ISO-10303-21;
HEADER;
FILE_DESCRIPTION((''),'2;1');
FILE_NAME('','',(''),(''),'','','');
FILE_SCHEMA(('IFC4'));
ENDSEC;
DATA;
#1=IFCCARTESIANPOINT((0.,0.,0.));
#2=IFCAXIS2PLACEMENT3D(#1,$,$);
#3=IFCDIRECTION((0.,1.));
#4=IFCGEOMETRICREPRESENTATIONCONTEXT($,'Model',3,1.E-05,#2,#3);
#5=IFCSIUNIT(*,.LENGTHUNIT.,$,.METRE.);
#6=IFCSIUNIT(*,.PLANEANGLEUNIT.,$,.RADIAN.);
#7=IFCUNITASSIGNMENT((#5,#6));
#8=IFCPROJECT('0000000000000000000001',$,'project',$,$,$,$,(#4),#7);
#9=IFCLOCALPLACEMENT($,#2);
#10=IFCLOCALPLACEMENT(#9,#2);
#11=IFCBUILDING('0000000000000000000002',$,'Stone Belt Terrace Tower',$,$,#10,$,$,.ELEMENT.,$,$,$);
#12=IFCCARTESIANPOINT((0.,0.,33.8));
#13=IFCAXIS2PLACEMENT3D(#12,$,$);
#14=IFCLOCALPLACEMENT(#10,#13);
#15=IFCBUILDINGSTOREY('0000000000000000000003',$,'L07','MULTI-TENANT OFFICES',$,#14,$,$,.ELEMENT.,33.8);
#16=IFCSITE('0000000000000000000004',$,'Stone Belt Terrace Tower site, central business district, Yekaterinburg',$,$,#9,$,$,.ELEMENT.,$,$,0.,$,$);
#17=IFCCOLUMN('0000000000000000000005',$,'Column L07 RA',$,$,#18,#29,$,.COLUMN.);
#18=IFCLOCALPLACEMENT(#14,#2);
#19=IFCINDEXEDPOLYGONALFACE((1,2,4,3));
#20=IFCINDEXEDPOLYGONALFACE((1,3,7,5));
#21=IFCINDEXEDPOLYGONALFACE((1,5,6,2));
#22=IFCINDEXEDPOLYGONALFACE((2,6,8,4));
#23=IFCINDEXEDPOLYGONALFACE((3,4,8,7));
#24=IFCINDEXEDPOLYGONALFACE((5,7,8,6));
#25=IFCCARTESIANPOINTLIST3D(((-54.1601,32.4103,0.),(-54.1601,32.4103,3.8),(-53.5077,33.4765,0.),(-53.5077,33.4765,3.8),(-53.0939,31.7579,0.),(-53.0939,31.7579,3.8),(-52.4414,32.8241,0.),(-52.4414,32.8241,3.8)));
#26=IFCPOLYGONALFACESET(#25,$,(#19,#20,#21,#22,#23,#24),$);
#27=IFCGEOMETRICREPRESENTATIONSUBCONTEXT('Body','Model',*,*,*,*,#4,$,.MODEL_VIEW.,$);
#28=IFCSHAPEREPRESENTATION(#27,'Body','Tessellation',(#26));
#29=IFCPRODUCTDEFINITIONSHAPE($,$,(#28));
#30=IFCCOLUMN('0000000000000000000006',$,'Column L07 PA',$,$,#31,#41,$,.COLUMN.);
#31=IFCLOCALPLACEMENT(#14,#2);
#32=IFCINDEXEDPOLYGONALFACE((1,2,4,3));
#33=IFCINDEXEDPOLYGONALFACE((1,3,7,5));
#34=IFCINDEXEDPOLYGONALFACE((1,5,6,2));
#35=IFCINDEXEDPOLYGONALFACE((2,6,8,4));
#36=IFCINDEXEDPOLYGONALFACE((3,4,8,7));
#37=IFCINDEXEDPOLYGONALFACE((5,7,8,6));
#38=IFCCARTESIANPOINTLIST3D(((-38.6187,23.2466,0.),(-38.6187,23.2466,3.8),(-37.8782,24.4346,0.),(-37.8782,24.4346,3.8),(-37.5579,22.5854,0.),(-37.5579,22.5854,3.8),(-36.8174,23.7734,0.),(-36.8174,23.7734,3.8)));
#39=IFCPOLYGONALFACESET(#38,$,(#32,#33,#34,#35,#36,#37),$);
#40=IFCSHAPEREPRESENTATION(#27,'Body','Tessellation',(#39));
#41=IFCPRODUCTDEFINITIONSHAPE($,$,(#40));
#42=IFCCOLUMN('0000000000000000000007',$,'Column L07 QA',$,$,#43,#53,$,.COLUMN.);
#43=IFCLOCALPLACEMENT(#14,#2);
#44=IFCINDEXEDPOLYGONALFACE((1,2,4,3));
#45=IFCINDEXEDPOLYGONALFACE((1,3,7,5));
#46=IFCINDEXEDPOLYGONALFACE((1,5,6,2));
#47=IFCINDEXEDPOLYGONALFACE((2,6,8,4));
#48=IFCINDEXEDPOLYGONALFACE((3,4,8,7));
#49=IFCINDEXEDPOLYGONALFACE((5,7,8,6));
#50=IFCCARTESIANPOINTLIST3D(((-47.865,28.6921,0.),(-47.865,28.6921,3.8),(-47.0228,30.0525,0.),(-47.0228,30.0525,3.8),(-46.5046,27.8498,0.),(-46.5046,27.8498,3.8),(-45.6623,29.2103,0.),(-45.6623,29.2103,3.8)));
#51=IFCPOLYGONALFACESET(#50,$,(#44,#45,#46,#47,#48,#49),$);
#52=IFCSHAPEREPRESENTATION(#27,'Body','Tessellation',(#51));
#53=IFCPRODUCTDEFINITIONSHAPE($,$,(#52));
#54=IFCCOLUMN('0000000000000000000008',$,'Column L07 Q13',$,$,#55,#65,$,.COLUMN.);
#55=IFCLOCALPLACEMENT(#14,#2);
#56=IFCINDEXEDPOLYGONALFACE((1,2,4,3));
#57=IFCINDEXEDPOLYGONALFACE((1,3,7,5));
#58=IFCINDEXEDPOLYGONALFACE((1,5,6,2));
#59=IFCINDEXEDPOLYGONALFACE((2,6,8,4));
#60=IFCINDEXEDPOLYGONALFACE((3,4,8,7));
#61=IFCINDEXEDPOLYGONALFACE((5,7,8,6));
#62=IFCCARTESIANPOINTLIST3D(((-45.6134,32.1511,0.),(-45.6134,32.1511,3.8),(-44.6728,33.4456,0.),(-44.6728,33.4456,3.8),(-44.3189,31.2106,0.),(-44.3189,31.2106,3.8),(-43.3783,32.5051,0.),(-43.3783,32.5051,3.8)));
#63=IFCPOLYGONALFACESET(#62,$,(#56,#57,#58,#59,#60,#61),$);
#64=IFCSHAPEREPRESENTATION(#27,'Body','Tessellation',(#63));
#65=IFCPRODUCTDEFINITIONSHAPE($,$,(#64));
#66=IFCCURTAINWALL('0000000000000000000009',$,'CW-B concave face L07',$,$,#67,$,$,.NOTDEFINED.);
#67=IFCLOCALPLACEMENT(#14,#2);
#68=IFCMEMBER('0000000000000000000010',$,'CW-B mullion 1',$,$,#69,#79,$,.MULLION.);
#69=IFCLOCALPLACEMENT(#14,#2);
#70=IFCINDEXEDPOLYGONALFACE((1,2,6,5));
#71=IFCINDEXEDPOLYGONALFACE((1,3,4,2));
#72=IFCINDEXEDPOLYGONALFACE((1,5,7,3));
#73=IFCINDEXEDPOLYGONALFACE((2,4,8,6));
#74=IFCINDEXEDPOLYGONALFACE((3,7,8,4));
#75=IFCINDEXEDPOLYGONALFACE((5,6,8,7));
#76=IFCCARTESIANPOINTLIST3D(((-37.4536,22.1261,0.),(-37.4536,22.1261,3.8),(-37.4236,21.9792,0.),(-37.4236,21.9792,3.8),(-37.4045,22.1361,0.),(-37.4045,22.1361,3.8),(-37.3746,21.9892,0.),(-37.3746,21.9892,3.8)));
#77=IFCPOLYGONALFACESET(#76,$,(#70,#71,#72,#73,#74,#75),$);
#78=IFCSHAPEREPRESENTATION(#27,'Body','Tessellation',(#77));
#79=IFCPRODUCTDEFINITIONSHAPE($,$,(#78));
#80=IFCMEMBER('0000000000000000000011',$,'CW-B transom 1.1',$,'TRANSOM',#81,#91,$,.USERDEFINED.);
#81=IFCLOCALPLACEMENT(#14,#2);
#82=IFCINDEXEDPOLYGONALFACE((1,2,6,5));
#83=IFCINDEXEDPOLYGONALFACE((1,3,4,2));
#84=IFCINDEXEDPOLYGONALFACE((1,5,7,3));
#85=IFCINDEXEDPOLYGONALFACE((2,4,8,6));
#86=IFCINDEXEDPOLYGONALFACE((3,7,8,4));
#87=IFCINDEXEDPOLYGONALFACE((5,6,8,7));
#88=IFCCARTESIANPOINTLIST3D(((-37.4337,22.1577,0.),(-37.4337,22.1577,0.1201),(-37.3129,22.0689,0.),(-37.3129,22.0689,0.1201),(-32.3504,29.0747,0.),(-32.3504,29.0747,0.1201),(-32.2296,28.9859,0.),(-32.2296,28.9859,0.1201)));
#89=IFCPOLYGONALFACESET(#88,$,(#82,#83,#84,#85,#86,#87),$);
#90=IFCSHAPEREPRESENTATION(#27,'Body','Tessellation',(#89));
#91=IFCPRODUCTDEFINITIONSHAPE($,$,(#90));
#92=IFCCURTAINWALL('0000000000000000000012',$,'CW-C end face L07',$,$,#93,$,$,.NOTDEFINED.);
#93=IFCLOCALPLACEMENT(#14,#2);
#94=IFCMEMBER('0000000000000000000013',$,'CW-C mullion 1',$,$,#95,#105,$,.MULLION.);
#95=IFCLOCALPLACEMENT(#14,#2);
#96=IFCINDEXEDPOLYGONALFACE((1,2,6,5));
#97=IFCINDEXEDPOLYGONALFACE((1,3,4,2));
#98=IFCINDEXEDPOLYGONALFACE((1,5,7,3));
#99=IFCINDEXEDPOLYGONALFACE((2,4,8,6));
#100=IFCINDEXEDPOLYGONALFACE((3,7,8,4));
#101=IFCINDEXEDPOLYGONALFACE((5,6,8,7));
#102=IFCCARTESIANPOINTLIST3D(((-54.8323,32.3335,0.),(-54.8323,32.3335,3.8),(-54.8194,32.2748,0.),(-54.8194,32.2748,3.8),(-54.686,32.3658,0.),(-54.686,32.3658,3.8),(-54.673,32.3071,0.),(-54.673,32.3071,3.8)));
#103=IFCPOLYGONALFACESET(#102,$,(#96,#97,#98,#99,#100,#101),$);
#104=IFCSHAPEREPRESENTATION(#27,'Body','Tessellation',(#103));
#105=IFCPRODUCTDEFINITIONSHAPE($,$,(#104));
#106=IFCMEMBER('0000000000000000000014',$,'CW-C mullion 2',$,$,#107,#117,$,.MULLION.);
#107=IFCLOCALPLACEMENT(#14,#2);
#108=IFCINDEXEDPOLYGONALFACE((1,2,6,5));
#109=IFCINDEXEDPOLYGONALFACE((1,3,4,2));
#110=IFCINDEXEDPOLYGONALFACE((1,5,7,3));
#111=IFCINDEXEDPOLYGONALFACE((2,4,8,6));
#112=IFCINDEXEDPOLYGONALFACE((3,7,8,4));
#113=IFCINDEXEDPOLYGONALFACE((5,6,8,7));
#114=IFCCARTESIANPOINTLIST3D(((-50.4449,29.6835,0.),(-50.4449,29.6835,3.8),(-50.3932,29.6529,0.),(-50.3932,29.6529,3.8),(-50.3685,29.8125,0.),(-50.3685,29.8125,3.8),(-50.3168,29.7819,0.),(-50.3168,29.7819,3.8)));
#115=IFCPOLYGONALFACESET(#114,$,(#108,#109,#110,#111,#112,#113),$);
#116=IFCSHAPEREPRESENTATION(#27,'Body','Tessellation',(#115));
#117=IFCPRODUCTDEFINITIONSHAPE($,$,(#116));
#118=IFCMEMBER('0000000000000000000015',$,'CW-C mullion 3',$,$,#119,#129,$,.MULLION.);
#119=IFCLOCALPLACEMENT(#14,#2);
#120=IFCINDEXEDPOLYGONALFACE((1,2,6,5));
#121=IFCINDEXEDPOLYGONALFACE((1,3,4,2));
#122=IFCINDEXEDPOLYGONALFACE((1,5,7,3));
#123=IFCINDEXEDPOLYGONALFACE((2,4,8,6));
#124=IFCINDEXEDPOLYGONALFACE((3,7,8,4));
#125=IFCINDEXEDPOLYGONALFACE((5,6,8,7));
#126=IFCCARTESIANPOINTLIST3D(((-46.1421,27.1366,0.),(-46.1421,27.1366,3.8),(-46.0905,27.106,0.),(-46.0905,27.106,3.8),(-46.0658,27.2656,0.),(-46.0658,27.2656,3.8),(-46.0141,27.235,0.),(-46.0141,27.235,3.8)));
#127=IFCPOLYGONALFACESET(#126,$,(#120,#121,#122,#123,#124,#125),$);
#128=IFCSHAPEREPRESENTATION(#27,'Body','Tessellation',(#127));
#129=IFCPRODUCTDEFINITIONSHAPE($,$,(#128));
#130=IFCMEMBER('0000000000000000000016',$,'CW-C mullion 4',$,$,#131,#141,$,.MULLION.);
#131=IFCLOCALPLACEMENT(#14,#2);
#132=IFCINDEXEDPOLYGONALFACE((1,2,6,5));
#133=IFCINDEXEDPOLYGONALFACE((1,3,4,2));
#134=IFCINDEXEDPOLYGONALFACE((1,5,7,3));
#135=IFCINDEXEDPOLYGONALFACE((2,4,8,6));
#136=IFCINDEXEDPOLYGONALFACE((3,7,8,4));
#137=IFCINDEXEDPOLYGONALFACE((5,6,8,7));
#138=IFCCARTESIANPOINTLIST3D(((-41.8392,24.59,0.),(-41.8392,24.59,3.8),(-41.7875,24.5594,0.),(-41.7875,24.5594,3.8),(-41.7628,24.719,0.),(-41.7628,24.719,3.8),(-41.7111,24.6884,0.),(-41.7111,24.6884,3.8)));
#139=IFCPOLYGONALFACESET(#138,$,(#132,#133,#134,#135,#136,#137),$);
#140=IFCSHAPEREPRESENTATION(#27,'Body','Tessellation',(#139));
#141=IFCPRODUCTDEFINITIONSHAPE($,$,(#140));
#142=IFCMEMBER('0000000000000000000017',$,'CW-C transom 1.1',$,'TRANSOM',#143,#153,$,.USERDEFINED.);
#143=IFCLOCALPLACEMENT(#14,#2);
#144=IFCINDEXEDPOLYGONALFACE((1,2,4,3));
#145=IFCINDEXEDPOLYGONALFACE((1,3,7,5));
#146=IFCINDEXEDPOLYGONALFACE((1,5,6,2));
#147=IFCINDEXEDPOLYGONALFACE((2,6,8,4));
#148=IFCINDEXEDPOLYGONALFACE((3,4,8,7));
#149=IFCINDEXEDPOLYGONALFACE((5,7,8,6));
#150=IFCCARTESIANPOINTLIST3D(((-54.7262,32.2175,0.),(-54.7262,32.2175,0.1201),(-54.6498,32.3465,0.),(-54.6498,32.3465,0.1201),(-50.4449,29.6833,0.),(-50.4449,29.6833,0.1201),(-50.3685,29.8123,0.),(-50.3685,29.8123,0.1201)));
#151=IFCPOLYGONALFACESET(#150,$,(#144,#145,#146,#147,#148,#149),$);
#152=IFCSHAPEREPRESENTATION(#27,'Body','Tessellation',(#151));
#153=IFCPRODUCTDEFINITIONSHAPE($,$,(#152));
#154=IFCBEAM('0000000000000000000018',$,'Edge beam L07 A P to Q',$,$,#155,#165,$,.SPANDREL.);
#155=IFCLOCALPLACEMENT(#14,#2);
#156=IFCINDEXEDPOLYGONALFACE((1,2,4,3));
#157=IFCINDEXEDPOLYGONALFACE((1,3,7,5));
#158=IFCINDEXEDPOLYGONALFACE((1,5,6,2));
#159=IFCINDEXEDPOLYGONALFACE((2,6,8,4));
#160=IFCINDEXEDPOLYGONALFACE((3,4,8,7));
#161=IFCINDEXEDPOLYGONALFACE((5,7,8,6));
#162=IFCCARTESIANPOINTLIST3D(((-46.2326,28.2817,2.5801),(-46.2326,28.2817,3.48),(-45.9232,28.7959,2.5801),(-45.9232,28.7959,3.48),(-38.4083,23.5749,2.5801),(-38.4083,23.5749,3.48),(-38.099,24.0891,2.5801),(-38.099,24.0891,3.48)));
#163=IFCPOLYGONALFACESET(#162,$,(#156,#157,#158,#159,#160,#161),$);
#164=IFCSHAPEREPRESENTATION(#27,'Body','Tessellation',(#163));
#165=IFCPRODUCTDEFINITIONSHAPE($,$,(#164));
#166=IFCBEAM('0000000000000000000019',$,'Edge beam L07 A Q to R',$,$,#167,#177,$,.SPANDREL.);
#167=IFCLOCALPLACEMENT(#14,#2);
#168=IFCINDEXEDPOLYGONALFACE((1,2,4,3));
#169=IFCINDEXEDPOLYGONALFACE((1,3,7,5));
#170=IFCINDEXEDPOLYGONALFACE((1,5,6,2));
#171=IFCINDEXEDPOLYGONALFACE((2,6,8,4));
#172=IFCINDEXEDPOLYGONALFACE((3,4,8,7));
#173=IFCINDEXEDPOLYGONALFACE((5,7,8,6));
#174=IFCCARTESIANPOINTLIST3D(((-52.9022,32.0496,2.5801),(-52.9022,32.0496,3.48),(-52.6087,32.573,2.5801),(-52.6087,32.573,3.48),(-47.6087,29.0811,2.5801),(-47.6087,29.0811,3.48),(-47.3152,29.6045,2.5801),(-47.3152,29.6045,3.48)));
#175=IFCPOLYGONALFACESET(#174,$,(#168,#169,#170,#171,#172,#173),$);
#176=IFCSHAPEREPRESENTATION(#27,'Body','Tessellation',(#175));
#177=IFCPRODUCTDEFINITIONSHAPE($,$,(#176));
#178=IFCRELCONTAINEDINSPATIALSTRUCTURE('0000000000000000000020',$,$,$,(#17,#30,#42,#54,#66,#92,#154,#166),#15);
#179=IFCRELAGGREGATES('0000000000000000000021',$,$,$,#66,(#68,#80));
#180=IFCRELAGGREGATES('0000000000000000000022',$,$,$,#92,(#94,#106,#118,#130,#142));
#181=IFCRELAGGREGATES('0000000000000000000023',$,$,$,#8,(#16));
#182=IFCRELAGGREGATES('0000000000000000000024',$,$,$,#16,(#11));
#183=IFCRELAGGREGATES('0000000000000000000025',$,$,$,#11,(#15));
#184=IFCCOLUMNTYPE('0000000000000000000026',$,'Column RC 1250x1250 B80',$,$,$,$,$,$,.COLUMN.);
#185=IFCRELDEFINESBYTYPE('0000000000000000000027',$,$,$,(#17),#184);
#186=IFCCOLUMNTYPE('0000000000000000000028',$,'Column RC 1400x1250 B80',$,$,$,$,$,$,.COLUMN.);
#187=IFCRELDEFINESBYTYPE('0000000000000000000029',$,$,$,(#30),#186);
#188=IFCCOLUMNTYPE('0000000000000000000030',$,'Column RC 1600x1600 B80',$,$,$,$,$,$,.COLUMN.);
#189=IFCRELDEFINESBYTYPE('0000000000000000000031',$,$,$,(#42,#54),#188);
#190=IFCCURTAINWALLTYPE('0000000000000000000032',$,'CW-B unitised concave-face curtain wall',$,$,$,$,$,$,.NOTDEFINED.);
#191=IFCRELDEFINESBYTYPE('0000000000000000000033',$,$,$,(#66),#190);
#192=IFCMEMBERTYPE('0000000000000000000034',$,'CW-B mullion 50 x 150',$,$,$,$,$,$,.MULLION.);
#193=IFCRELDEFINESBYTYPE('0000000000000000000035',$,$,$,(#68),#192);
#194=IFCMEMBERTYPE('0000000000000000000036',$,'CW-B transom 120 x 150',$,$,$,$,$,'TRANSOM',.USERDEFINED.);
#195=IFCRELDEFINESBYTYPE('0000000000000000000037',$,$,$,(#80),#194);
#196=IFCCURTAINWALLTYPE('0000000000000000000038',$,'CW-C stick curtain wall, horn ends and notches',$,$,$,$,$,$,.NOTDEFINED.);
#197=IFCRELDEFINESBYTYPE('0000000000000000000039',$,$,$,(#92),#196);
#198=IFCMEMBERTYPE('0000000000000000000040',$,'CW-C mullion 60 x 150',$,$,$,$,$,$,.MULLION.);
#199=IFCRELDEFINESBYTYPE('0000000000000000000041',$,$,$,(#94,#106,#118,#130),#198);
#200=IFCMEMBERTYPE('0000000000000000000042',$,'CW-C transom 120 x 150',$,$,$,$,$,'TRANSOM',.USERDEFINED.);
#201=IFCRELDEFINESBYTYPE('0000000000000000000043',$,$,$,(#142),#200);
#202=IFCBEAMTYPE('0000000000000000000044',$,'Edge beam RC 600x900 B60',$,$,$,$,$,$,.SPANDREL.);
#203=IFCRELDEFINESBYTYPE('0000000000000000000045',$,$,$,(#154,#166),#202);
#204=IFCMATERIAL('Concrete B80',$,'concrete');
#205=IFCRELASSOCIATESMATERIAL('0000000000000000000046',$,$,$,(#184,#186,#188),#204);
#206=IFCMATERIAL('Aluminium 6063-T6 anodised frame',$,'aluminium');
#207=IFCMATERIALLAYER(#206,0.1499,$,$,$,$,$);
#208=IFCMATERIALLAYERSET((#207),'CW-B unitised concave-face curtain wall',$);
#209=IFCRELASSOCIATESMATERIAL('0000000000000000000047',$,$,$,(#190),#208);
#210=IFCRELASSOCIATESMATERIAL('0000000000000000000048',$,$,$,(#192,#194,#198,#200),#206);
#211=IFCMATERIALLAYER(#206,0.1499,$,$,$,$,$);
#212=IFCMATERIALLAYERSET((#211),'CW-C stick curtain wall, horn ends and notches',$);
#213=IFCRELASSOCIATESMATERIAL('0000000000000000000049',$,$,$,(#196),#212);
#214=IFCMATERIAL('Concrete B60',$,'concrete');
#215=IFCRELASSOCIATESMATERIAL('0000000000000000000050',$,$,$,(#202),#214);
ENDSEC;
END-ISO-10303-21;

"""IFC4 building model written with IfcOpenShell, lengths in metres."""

from ifc_helpers import new_model, si_unit, direction, frame, origin, origin_2d, place, context, subcontext, project, spatial, rectangle, extrude, material, layer, layer_set, material_profile, profile_set, type_object, element, aggregate, save


model = new_model("IFC4")

# Units and contexts
model_context = context("Model", 3, precision=1e-05, world=origin(), true_north=direction((0.0, 1.0)))
body_context = subcontext(model_context, "Body", "Model", "MODEL_VIEW")
ifc_project = project(units=[si_unit("LENGTHUNIT", "METRE"), si_unit("PLANEANGLEUNIT", "RADIAN")], contexts=[model_context])

# Site, building, storey
site_placement = place(None, origin())
site = spatial("IfcSite", under=ifc_project, at=site_placement, Name="Stone Belt Terrace Tower site, central business district, Yekaterinburg", CompositionType="ELEMENT", RefElevation=0.0)
building_placement = place(site_placement, origin())
building = spatial("IfcBuilding", under=site, at=building_placement, Name="Stone Belt Terrace Tower", CompositionType="ELEMENT")
storey_placement = place(building_placement, frame((0.0, 0.0, 33.8)))
storey = spatial("IfcBuildingStorey", under=building, at=storey_placement, Name="L07", Description="MULTI-TENANT OFFICES", CompositionType="ELEMENT", Elevation=33.8)

# Columns
ifc_material_1 = material(Name="Concrete B80", Category="concrete")
ifc_material_profile_1 = material_profile(ifc_material_1, rectangle(XDim=1.25, YDim=1.25, at=origin_2d()), Name="RC 1250x1250")
ifc_profile_set_1 = profile_set([ifc_material_profile_1], Name="Concrete B80")
column_type_1 = type_object("IfcColumnType", Name="Column RC 1250x1250 B80", PredefinedType="COLUMN", material=ifc_profile_set_1)
column_1_placement = place(storey_placement, frame((-53.3008, 32.6172, 0.0), z_axis=(0.0, 0.0, 1.0), x_axis=(0.521967, 0.852966, 0.0)))
element("IfcColumn", 1, at=column_1_placement, inside=storey, type_object=column_type_1, Name="Column L07 RA", PredefinedType="COLUMN", context=body_context, shape_type="SweptSolid", body=[
    extrude(rectangle(XDim=1.25, YDim=1.25, at=origin_2d()), origin(), (0.0, 0.0, 1.0), 3.8),
])
ifc_material_profile_2 = material_profile(ifc_material_1, rectangle(XDim=1.3999, YDim=1.25, at=origin_2d()), Name="RC 1400x1250")
ifc_profile_set_2 = profile_set([ifc_material_profile_2], Name="Concrete B80")
column_type_2 = type_object("IfcColumnType", Name="Column RC 1400x1250 B80", PredefinedType="COLUMN", material=ifc_profile_set_2)
column_2_placement = place(storey_placement, frame((-37.718, 23.51, 0.0), z_axis=(0.0, 0.0, 1.0), x_axis=(0.528967, 0.848642, 0.0)))
element("IfcColumn", 2, at=column_2_placement, inside=storey, type_object=column_type_2, Name="Column L07 PA", PredefinedType="COLUMN", context=body_context, shape_type="SweptSolid", body=[
    extrude(rectangle(XDim=1.3999, YDim=1.25, at=origin_2d()), origin(), (0.0, 0.0, 1.0), 3.8),
])
ifc_material_profile_3 = material_profile(ifc_material_1, rectangle(XDim=1.6001, YDim=1.6001, at=origin_2d()), Name="RC 1600x1600")
ifc_profile_set_3 = profile_set([ifc_material_profile_3], Name="Concrete B80")
column_type_3 = type_object("IfcColumnType", Name="Column RC 1600x1600 B80", PredefinedType="COLUMN", material=ifc_profile_set_3)
for number, where, z_axis, x_axis, name in (
    (3, (-46.7637, 28.9512, 0.0), (0.0, 0.0, 1.0), (0.526383, 0.850248, 0.0), "Column L07 QA"),
    (4, (-44.4958, 32.3281, 0.0), (0.0, 0.0, 1.0), (0.587785, 0.809017, 0.0), "Column L07 Q13"),
):
    element("IfcColumn", number, at=place(storey_placement, frame(where, z_axis=z_axis, x_axis=x_axis)), inside=storey, type_object=column_type_3, Name=name, PredefinedType="COLUMN", context=body_context, shape_type="SweptSolid", body=[
        extrude(rectangle(XDim=1.6001, YDim=1.6001, at=origin_2d()), origin(), (0.0, 0.0, 1.0), 3.8),
    ])

# Curtain walls, members
ifc_material_2 = material(Name="Aluminium 6063-T6 anodised frame", Category="aluminium")
ifc_layer_1 = layer(ifc_material_2, 0.1499)
ifc_layer_set_1 = layer_set([ifc_layer_1], Name="CW-B unitised concave-face curtain wall")
curtain_wall_type_1 = type_object("IfcCurtainWallType", Name="CW-B unitised concave-face curtain wall", PredefinedType="NOTDEFINED", material=ifc_layer_set_1)
curtain_wall_1_placement = place(storey_placement, origin())
curtain_wall_1 = element("IfcCurtainWall", 5, at=curtain_wall_1_placement, inside=storey, type_object=curtain_wall_type_1, Name="CW-B concave face L07", PredefinedType="NOTDEFINED")
ifc_material_profile_4 = material_profile(ifc_material_2, rectangle(XDim=0.1499, YDim=0.05, at=origin_2d()), Name="Aluminium 6063-T6 50x150")
ifc_profile_set_4 = profile_set([ifc_material_profile_4], Name="Aluminium 6063-T6 anodised frame")
member_type_1 = type_object("IfcMemberType", Name="CW-B mullion 50 x 150", PredefinedType="MULLION", material=ifc_profile_set_4)
member_1_placement = place(storey_placement, frame((-37.4141, 22.0576, 0.0), z_axis=(0.0, 0.0, 1.0), x_axis=(-0.199957, 0.979805, 0.0)))
member_1 = element("IfcMember", 6, at=member_1_placement, type_object=member_type_1, Name="CW-B mullion 1", PredefinedType="MULLION", context=body_context, shape_type="SweptSolid", body=[
    extrude(rectangle(XDim=0.1499, YDim=0.05, at=origin_2d()), origin(), (0.0, 0.0, 1.0), 3.8),
])
ifc_material_profile_5 = material_profile(ifc_material_2, rectangle(XDim=0.1499, YDim=0.1201, at=origin_2d()), Name="Aluminium 6063-T6 150x120")
ifc_profile_set_5 = profile_set([ifc_material_profile_5], Name="Aluminium 6063-T6 anodised frame")
member_type_2 = type_object("IfcMemberType", Name="CW-B transom 120 x 150", ElementType="TRANSOM", PredefinedType="USERDEFINED", material=ifc_profile_set_5)
member_2_placement = place(storey_placement, frame((-37.3733, 22.1133, 0.0601), z_axis=(0.592181, 0.805805, 0.0), x_axis=(-0.805805, 0.592181, 0.0)))
member_2 = element("IfcMember", 7, at=member_2_placement, type_object=member_type_2, Name="CW-B transom 1.1", ObjectType="TRANSOM", PredefinedType="USERDEFINED", context=body_context, shape_type="SweptSolid", body=[
    extrude(rectangle(XDim=0.1499, YDim=0.1201, at=origin_2d()), origin(), (0.0, 0.0, 1.0), 8.584),
])
aggregate(curtain_wall_1, [member_1, member_2])
ifc_layer_2 = layer(ifc_material_2, 0.1499)
ifc_layer_set_2 = layer_set([ifc_layer_2], Name="CW-C stick curtain wall, horn ends and notches")
curtain_wall_type_2 = type_object("IfcCurtainWallType", Name="CW-C stick curtain wall, horn ends and notches", PredefinedType="NOTDEFINED", material=ifc_layer_set_2)
curtain_wall_2_placement = place(storey_placement, origin())
curtain_wall_2 = element("IfcCurtainWall", 8, at=curtain_wall_2_placement, inside=storey, type_object=curtain_wall_type_2, Name="CW-C end face L07", PredefinedType="NOTDEFINED")
ifc_material_profile_6 = material_profile(ifc_material_2, rectangle(XDim=0.1499, YDim=0.0601, at=origin_2d()), Name="Aluminium 6063-T6 60x150")
ifc_profile_set_6 = profile_set([ifc_material_profile_6], Name="Aluminium 6063-T6 anodised frame")
member_type_3 = type_object("IfcMemberType", Name="CW-C mullion 60 x 150", PredefinedType="MULLION", material=ifc_profile_set_6)
member_3_placement = place(storey_placement, frame((-54.7527, 32.3203, 0.0), z_axis=(0.0, 0.0, 1.0), x_axis=(0.97652, 0.215429, 0.0)))
member_3 = element("IfcMember", 9, at=member_3_placement, type_object=member_type_3, Name="CW-C mullion 1", PredefinedType="MULLION", context=body_context, shape_type="SweptSolid", body=[
    extrude(rectangle(XDim=0.1499, YDim=0.0601, at=origin_2d()), origin(), (0.0, 0.0, 1.0), 3.8),
])
member_4_placement = place(storey_placement, frame((-50.3809, 29.7327, 0.0), z_axis=(0.0, 0.0, 1.0), x_axis=(0.509353, 0.860558, 0.0)))
member_4 = element("IfcMember", 10, at=member_4_placement, type_object=member_type_3, Name="CW-C mullion 2", PredefinedType="MULLION", context=body_context, shape_type="SweptSolid", body=[
    extrude(rectangle(XDim=0.1499, YDim=0.0601, at=origin_2d()), origin(), (0.0, 0.0, 1.0), 3.8),
])
member_5_placement = place(storey_placement, frame((-46.0781, 27.1858, 0.0), z_axis=(0.0, 0.0, 1.0), x_axis=(0.509353, 0.860558, 0.0)))
member_5 = element("IfcMember", 11, at=member_5_placement, type_object=member_type_3, Name="CW-C mullion 3", PredefinedType="MULLION", context=body_context, shape_type="SweptSolid", body=[
    extrude(rectangle(XDim=0.1499, YDim=0.0601, at=origin_2d()), origin(), (0.0, 0.0, 1.0), 3.8),
])
member_6_placement = place(storey_placement, frame((-41.7751, 24.6392, 0.0), z_axis=(0.0, 0.0, 1.0), x_axis=(0.509353, 0.860558, 0.0)))
member_6 = element("IfcMember", 12, at=member_6_placement, type_object=member_type_3, Name="CW-C mullion 4", PredefinedType="MULLION", context=body_context, shape_type="SweptSolid", body=[
    extrude(rectangle(XDim=0.1499, YDim=0.0601, at=origin_2d()), origin(), (0.0, 0.0, 1.0), 3.8),
])
ifc_material_profile_7 = material_profile(ifc_material_2, rectangle(XDim=0.1499, YDim=0.1201, at=origin_2d()), Name="Aluminium 6063-T6 150x120")
ifc_profile_set_7 = profile_set([ifc_material_profile_7], Name="Aluminium 6063-T6 anodised frame")
member_type_4 = type_object("IfcMemberType", Name="CW-C transom 120 x 150", ElementType="TRANSOM", PredefinedType="USERDEFINED", material=ifc_profile_set_7)
member_7_placement = place(storey_placement, frame((-54.688, 32.282, 0.0601), z_axis=(0.860543, -0.509377, 0.0), x_axis=(0.509377, 0.860543, 0.0)))
member_7 = element("IfcMember", 13, at=member_7_placement, type_object=member_type_4, Name="CW-C transom 1.1", ObjectType="TRANSOM", PredefinedType="USERDEFINED", context=body_context, shape_type="SweptSolid", body=[
    extrude(rectangle(XDim=0.1499, YDim=0.1201, at=origin_2d()), origin(), (0.0, 0.0, 1.0), 4.9751),
])

# Beams
ifc_material_3 = material(Name="Concrete B60", Category="concrete")
ifc_material_profile_8 = material_profile(ifc_material_3, rectangle(XDim=0.6001, YDim=0.8999, at=origin_2d()), Name="RC 600x900")
ifc_profile_set_8 = profile_set([ifc_material_profile_8], Name="Concrete B60")
beam_type = type_object("IfcBeamType", Name="Edge beam RC 600x900 B60", PredefinedType="SPANDREL", material=ifc_profile_set_8)
beam_1_placement = place(storey_placement, frame((-38.2537, 23.832, 3.03), z_axis=(-0.8569, 0.515482, 0.0), x_axis=(-0.515482, -0.8569, 0.0)))
element("IfcBeam", 14, at=beam_1_placement, inside=storey, type_object=beam_type, Name="Edge beam L07 A P to Q", PredefinedType="SPANDREL", context=body_context, shape_type="SweptSolid", body=[
    extrude(rectangle(XDim=0.6001, YDim=0.8999, at=origin_2d()), origin(), (0.0, 0.0, 1.0), 9.1309),
])
beam_2_placement = place(storey_placement, frame((-47.4619, 29.3428, 3.03), z_axis=(-0.872213, 0.489126, 0.0), x_axis=(-0.489126, -0.872213, 0.0)))
element("IfcBeam", 15, at=beam_2_placement, inside=storey, type_object=beam_type, Name="Edge beam L07 A Q to R", PredefinedType="SPANDREL", context=body_context, shape_type="SweptSolid", body=[
    extrude(rectangle(XDim=0.6001, YDim=0.8999, at=origin_2d()), origin(), (0.0, 0.0, 1.0), 6.0691),
])

aggregate(curtain_wall_2, [member_3, member_4, member_5, member_6, member_7])

save(model, "model.ifc")
